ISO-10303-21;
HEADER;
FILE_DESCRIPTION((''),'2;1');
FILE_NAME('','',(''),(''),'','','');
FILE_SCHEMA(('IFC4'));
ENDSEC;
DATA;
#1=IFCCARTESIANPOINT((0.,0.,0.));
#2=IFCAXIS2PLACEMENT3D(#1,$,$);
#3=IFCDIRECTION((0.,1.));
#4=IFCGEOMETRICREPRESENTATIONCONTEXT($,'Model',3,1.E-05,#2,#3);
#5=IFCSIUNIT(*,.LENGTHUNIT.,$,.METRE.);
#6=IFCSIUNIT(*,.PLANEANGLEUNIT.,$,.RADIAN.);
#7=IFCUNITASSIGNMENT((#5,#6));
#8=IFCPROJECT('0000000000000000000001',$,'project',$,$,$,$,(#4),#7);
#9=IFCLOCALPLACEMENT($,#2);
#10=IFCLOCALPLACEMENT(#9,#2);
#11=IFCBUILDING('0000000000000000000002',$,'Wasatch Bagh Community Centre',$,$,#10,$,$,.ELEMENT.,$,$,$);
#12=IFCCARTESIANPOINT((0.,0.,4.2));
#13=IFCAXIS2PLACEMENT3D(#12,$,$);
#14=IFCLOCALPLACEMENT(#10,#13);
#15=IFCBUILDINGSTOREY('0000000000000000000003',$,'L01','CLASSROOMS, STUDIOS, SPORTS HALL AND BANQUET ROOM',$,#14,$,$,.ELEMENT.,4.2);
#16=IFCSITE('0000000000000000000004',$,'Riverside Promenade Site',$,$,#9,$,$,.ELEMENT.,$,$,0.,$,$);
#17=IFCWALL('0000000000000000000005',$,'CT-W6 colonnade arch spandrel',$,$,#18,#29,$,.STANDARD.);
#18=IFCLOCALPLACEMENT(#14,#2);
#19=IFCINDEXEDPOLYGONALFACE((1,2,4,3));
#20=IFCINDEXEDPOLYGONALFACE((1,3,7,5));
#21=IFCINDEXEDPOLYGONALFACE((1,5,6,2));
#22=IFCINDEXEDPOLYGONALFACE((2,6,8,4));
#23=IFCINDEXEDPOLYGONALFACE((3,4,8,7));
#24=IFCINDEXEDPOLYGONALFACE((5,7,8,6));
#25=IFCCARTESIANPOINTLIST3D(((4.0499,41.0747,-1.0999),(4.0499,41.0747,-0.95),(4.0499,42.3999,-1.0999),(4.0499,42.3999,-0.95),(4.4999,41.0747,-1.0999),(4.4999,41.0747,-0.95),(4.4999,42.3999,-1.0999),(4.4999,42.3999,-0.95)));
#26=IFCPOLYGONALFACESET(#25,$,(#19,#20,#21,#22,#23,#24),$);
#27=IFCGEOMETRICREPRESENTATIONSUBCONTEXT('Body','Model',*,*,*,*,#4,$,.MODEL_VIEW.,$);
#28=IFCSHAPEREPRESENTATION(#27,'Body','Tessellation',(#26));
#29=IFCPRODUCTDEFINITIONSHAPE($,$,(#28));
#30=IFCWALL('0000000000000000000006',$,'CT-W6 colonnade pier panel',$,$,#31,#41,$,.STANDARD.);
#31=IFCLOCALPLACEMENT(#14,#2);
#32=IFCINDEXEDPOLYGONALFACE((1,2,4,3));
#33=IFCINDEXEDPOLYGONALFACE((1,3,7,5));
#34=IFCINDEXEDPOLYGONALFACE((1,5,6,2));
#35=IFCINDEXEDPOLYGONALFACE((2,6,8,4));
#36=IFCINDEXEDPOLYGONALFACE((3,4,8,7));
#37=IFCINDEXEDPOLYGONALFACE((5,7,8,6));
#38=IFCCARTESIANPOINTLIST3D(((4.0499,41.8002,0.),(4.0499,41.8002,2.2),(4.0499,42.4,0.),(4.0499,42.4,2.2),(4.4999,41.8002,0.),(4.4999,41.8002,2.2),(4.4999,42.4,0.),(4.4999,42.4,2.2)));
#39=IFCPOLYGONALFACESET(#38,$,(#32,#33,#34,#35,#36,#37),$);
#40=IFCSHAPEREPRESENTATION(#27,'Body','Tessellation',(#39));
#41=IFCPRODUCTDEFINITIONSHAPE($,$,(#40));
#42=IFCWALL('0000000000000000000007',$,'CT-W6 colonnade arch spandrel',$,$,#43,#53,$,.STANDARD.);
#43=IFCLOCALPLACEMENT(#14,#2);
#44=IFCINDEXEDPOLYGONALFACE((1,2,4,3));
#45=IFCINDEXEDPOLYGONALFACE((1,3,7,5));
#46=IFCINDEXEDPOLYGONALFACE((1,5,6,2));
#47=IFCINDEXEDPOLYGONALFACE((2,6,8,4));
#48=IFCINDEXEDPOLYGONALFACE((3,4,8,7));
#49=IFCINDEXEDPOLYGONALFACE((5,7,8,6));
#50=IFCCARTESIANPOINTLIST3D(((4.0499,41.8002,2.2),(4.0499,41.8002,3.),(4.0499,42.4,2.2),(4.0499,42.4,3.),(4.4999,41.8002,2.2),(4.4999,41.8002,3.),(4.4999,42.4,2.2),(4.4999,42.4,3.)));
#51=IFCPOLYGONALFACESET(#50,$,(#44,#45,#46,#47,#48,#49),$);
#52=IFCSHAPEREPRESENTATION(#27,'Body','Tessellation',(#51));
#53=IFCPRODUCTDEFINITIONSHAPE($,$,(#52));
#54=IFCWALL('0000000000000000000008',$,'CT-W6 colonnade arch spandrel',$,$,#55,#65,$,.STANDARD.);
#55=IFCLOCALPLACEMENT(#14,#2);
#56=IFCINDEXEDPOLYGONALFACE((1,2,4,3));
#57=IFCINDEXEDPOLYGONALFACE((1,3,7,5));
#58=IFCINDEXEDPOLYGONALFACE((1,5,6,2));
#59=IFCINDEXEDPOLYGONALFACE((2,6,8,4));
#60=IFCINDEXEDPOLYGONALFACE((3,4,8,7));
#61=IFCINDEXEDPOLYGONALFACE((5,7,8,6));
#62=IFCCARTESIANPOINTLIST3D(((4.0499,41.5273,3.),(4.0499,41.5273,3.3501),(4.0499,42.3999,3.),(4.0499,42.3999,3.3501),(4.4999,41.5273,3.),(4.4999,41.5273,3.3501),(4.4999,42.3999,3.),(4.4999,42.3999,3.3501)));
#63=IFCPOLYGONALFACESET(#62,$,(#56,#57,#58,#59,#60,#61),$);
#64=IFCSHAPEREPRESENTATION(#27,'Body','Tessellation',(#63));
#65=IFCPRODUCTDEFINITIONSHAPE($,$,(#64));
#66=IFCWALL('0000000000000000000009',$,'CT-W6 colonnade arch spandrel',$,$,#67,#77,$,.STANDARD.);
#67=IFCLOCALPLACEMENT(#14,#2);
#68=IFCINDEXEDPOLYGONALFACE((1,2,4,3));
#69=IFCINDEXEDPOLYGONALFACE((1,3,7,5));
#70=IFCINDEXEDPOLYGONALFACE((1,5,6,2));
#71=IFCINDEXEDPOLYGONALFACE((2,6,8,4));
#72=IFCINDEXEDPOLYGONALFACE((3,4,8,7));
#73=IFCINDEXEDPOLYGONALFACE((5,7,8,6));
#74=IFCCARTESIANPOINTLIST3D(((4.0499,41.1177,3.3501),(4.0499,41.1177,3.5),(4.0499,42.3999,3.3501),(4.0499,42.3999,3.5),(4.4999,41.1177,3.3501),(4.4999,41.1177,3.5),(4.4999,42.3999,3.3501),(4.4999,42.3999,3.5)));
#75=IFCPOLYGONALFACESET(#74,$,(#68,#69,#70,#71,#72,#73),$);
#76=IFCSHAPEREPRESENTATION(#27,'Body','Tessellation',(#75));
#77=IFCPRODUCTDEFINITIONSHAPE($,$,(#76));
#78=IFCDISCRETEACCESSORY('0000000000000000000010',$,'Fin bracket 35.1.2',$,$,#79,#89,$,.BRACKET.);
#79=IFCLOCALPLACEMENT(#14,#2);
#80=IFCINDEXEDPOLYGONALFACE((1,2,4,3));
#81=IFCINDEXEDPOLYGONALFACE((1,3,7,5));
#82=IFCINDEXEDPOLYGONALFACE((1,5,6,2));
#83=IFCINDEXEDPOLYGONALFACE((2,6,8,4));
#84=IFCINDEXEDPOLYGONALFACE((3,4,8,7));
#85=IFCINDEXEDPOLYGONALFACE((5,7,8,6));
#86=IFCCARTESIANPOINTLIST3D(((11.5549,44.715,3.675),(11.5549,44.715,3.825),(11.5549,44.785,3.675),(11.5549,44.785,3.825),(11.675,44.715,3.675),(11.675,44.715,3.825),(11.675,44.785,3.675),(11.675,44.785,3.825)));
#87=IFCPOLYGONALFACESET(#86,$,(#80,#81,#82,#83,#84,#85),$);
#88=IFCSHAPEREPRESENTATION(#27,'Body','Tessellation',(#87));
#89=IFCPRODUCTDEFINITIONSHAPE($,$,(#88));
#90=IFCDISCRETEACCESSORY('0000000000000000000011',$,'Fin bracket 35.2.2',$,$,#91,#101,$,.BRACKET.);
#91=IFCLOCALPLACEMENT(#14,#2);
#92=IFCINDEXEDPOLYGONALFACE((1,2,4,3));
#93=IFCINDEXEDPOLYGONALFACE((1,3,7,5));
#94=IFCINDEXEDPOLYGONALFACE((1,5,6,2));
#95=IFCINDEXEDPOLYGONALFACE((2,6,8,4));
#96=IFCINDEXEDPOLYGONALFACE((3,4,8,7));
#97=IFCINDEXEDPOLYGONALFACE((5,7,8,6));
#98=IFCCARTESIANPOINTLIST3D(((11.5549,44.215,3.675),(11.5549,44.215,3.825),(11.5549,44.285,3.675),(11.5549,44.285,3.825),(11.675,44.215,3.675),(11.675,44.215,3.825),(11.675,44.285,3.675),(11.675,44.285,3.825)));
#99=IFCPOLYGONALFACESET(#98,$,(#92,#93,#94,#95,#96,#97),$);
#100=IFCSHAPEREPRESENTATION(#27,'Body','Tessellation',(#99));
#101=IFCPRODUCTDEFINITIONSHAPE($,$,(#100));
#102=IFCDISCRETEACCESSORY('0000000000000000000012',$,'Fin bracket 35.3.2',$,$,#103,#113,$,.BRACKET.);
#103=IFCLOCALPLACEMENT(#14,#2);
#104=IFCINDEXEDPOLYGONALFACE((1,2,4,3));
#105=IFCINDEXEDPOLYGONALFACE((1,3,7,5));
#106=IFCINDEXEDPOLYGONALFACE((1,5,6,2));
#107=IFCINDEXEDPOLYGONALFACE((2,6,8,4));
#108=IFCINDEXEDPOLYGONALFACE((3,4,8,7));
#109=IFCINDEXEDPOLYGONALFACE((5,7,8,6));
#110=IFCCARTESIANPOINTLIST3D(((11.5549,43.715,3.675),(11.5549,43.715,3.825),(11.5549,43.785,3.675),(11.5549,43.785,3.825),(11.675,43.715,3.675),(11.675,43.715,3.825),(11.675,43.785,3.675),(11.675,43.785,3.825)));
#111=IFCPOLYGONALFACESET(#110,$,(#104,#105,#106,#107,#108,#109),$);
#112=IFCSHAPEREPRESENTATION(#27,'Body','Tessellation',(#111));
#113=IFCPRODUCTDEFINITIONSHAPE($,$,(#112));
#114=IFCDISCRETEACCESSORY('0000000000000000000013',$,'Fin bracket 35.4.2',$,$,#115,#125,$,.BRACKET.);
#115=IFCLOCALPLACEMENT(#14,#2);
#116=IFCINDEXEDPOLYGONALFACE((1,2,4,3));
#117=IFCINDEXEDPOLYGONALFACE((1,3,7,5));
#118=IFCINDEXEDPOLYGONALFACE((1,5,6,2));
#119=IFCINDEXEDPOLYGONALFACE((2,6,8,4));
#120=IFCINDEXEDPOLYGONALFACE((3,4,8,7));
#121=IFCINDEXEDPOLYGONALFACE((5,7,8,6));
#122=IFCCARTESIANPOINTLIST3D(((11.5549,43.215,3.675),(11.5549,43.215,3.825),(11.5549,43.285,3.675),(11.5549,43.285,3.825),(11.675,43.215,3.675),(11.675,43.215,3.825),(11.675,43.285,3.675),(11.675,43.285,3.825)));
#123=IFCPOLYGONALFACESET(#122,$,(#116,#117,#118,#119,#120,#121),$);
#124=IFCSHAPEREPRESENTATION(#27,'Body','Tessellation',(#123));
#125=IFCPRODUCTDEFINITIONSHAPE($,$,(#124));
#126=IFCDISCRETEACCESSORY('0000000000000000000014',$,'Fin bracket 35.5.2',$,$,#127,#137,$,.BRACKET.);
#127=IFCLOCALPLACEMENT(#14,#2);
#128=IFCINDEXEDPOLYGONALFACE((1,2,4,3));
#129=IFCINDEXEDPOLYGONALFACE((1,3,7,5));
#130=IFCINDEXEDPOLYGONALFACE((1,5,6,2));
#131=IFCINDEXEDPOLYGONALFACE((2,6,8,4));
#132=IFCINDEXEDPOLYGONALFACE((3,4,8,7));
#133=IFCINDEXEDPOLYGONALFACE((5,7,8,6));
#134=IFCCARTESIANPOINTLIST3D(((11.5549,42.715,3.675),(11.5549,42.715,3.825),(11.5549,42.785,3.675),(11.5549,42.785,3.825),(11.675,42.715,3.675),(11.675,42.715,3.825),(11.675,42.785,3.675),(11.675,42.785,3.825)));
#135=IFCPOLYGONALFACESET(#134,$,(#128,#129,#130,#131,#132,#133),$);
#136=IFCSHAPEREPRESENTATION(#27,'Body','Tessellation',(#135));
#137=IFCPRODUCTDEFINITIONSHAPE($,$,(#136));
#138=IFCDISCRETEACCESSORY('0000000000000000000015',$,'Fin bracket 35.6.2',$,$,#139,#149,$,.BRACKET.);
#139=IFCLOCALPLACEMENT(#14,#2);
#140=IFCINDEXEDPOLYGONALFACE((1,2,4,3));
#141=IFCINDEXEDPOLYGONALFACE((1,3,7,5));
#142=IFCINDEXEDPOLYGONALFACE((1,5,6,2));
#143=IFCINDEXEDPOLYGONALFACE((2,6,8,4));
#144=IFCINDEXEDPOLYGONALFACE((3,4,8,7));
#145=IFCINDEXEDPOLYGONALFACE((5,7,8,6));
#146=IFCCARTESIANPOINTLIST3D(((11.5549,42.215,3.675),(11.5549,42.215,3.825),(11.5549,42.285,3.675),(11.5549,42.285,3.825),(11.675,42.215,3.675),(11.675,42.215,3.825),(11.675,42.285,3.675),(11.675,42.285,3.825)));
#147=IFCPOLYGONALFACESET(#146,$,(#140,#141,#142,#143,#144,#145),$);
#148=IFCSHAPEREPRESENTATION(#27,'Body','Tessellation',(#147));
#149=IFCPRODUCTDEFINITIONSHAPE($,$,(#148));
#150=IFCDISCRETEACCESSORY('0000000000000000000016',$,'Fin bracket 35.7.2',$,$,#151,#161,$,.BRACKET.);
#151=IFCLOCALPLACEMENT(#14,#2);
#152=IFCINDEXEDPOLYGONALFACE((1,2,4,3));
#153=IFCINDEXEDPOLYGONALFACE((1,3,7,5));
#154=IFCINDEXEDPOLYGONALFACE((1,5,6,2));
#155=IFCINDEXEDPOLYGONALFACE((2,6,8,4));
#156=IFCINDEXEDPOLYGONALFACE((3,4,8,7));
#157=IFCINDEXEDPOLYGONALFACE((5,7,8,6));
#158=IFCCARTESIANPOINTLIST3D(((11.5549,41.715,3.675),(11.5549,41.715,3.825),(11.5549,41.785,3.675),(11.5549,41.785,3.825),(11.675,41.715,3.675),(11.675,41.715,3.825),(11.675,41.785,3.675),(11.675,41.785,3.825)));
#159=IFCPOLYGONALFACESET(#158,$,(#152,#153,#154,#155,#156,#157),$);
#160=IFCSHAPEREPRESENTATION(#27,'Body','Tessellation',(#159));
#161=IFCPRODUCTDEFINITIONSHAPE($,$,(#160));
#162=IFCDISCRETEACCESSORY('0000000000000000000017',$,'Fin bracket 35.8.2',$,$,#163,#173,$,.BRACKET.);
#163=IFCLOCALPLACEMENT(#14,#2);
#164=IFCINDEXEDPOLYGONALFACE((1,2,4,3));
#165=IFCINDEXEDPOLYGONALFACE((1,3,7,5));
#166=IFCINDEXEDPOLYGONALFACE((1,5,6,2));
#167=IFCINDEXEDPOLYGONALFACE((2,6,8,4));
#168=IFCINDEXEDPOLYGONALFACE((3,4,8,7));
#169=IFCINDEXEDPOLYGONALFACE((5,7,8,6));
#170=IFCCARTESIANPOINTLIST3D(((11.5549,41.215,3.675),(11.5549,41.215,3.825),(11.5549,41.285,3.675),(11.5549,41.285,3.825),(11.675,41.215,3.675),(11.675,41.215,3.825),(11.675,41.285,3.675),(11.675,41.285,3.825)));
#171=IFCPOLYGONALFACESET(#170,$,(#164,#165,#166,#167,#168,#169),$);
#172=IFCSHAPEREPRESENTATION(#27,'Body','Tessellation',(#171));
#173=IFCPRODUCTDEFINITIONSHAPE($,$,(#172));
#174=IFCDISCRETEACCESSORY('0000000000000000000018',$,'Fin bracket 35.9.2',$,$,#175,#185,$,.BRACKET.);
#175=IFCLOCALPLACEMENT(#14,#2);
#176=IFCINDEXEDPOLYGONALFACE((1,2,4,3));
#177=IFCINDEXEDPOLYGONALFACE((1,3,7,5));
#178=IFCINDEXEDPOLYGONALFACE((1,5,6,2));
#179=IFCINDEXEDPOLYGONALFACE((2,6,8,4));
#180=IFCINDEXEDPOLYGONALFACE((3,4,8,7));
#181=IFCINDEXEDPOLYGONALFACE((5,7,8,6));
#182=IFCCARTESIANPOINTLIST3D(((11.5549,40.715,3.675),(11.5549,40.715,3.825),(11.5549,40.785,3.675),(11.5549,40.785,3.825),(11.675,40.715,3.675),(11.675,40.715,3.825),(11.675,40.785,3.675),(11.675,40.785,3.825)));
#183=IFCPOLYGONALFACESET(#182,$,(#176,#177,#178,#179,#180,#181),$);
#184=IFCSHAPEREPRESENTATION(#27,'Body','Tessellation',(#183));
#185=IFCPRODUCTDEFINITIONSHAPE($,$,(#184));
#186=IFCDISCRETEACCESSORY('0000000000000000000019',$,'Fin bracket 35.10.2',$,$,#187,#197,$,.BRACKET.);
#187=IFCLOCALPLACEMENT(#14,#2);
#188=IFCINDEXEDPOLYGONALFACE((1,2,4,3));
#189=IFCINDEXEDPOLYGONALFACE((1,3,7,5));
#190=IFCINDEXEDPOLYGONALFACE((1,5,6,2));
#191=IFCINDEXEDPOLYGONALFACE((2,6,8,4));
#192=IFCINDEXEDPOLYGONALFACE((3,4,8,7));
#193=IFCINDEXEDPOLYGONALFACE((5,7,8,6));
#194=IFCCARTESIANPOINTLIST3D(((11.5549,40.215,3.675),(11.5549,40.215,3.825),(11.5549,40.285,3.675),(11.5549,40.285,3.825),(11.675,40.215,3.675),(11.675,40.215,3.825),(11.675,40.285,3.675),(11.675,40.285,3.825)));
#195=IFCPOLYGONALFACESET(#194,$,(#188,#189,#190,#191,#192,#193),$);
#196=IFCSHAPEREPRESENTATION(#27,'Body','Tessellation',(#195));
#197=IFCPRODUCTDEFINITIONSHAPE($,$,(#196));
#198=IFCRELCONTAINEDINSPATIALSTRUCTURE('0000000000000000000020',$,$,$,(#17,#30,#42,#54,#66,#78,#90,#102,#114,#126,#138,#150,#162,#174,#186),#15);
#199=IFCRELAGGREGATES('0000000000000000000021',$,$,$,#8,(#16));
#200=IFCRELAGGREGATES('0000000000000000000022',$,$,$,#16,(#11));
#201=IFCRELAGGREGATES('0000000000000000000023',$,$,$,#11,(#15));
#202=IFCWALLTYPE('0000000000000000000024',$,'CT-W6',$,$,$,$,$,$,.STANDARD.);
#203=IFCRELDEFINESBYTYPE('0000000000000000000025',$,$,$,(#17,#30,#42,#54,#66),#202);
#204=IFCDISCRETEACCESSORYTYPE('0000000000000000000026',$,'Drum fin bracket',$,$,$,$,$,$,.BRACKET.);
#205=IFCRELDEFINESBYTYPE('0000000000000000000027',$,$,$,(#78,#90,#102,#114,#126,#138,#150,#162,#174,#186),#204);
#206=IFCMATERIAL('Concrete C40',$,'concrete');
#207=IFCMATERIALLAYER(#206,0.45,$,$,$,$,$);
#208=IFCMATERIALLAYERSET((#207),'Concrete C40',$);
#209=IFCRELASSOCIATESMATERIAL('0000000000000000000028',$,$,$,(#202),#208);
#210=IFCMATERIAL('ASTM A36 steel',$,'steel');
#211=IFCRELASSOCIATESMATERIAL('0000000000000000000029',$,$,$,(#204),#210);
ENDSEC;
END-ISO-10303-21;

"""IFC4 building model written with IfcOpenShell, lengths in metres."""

from ifc_helpers import new_model, si_unit, direction, frame, frame_2d, origin, origin_2d, place, context, subcontext, project, spatial, rectangle, extrude, material, layer, layer_set, type_object, element, save


model = new_model("IFC4")

# Units and contexts
model_context = context("Model", 3, precision=1e-05, world=origin(), true_north=direction((0.0, 1.0)))
body_context = subcontext(model_context, "Body", "Model", "MODEL_VIEW")
ifc_project = project(units=[si_unit("LENGTHUNIT", "METRE"), si_unit("PLANEANGLEUNIT", "RADIAN")], contexts=[model_context])

# Site, building, storey
site_placement = place(None, origin())
site = spatial("IfcSite", under=ifc_project, at=site_placement, Name="Riverside Promenade Site", CompositionType="ELEMENT", RefElevation=0.0)
building_placement = place(site_placement, origin())
building = spatial("IfcBuilding", under=site, at=building_placement, Name="Wasatch Bagh Community Centre", CompositionType="ELEMENT")
storey_placement = place(building_placement, frame((0.0, 0.0, 4.2)))
storey = spatial("IfcBuildingStorey", under=building, at=storey_placement, Name="L01", Description="CLASSROOMS, STUDIOS, SPORTS HALL AND BANQUET ROOM", CompositionType="ELEMENT", Elevation=4.2)

# Shared definitions
ifc_material_1 = material(Name="Concrete C40", Category="concrete")

# Walls
ifc_layer_1 = layer(ifc_material_1, 0.45)
ifc_layer_set_1 = layer_set([ifc_layer_1], Name="Concrete C40")
wall_type_1 = type_object("IfcWallType", Name="CT-W6", PredefinedType="STANDARD", material=ifc_layer_set_1)
wall_1_placement = place(storey_placement, frame((4.2749, 42.3999, -1.0999), z_axis=(0.0, 0.0, 1.0), x_axis=(0.0, -1.0, 0.0)))
element("IfcWall", 1, at=wall_1_placement, inside=storey, type_object=wall_type_1, Name="CT-W6 colonnade arch spandrel", PredefinedType="STANDARD", context=body_context, shape_type="SweptSolid", body=[
    extrude(rectangle(XDim=1.3252, YDim=0.45, at=frame_2d((0.6626, 0.0))), origin(), (0.0, 0.0, 1.0), 0.1499),
])
wall_2_placement = place(storey_placement, frame((4.2749, 42.3999, 0.0), z_axis=(0.0, 0.0, 1.0), x_axis=(0.0, -1.0, 0.0)))
element("IfcWall", 2, at=wall_2_placement, inside=storey, type_object=wall_type_1, Name="CT-W6 colonnade pier panel", PredefinedType="STANDARD", context=body_context, shape_type="SweptSolid", body=[
    extrude(rectangle(XDim=0.5999, YDim=0.45, at=frame_2d((0.2998, 0.0))), origin(), (0.0, 0.0, 1.0), 2.2),
])
wall_3_placement = place(storey_placement, frame((4.2749, 42.3999, 2.2), z_axis=(0.0, 0.0, 1.0), x_axis=(0.0, -1.0, 0.0)))
element("IfcWall", 3, at=wall_3_placement, inside=storey, type_object=wall_type_1, Name="CT-W6 colonnade arch spandrel", PredefinedType="STANDARD", context=body_context, shape_type="SweptSolid", body=[
    extrude(rectangle(XDim=0.5999, YDim=0.45, at=frame_2d((0.2998, 0.0))), origin(), (0.0, 0.0, 1.0), 0.8),
])
wall_4_placement = place(storey_placement, frame((4.2749, 42.3999, 3.0), z_axis=(0.0, 0.0, 1.0), x_axis=(0.0, -1.0, 0.0)))
element("IfcWall", 4, at=wall_4_placement, inside=storey, type_object=wall_type_1, Name="CT-W6 colonnade arch spandrel", PredefinedType="STANDARD", context=body_context, shape_type="SweptSolid", body=[
    extrude(rectangle(XDim=0.8726, YDim=0.45, at=frame_2d((0.4363, 0.0))), origin(), (0.0, 0.0, 1.0), 0.3501),
])
wall_5_placement = place(storey_placement, frame((4.2749, 42.3999, 3.3501), z_axis=(0.0, 0.0, 1.0), x_axis=(0.0, -1.0, 0.0)))
element("IfcWall", 5, at=wall_5_placement, inside=storey, type_object=wall_type_1, Name="CT-W6 colonnade arch spandrel", PredefinedType="STANDARD", context=body_context, shape_type="SweptSolid", body=[
    extrude(rectangle(XDim=1.2822, YDim=0.45, at=frame_2d((0.6411, 0.0))), origin(), (0.0, 0.0, 1.0), 0.1499),
])

# Discrete accessories
ifc_material_2 = material(Name="ASTM A36 steel", Category="steel")
discrete_accessory_type = type_object("IfcDiscreteAccessoryType", Name="Drum fin bracket", PredefinedType="BRACKET", material=ifc_material_2)
for number, where, z_axis, x_axis, name in (
    (6, (11.615, 44.75, 3.675), (0.0, 0.0, 1.0), (0.0, -1.0, 0.0), "Fin bracket 35.1.2"),
    (7, (11.615, 44.25, 3.675), (0.0, 0.0, 1.0), (0.0, -1.0, 0.0), "Fin bracket 35.2.2"),
    (8, (11.615, 43.75, 3.675), (0.0, 0.0, 1.0), (0.0, -1.0, 0.0), "Fin bracket 35.3.2"),
    (9, (11.615, 43.25, 3.675), (0.0, 0.0, 1.0), (0.0, -1.0, 0.0), "Fin bracket 35.4.2"),
    (10, (11.615, 42.75, 3.675), (0.0, 0.0, 1.0), (0.0, -1.0, 0.0), "Fin bracket 35.5.2"),
    (11, (11.615, 42.25, 3.675), (0.0, 0.0, 1.0), (0.0, -1.0, 0.0), "Fin bracket 35.6.2"),
    (12, (11.615, 41.75, 3.675), (0.0, 0.0, 1.0), (0.0, -1.0, 0.0), "Fin bracket 35.7.2"),
    (13, (11.615, 41.25, 3.675), (0.0, 0.0, 1.0), (0.0, -1.0, 0.0), "Fin bracket 35.8.2"),
    (14, (11.615, 40.75, 3.675), (0.0, 0.0, 1.0), (0.0, -1.0, 0.0), "Fin bracket 35.9.2"),
    (15, (11.615, 40.25, 3.675), (0.0, 0.0, 1.0), (0.0, -1.0, 0.0), "Fin bracket 35.10.2"),
):
    element("IfcDiscreteAccessory", number, at=place(storey_placement, frame(where, z_axis=z_axis, x_axis=x_axis)), inside=storey, type_object=discrete_accessory_type, Name=name, PredefinedType="BRACKET", context=body_context, shape_type="SweptSolid", body=[
        extrude(rectangle(XDim=0.0701, YDim=0.1201, at=origin_2d()), origin(), (0.0, 0.0, 1.0), 0.1499),
    ])

save(model, "model.ifc")
